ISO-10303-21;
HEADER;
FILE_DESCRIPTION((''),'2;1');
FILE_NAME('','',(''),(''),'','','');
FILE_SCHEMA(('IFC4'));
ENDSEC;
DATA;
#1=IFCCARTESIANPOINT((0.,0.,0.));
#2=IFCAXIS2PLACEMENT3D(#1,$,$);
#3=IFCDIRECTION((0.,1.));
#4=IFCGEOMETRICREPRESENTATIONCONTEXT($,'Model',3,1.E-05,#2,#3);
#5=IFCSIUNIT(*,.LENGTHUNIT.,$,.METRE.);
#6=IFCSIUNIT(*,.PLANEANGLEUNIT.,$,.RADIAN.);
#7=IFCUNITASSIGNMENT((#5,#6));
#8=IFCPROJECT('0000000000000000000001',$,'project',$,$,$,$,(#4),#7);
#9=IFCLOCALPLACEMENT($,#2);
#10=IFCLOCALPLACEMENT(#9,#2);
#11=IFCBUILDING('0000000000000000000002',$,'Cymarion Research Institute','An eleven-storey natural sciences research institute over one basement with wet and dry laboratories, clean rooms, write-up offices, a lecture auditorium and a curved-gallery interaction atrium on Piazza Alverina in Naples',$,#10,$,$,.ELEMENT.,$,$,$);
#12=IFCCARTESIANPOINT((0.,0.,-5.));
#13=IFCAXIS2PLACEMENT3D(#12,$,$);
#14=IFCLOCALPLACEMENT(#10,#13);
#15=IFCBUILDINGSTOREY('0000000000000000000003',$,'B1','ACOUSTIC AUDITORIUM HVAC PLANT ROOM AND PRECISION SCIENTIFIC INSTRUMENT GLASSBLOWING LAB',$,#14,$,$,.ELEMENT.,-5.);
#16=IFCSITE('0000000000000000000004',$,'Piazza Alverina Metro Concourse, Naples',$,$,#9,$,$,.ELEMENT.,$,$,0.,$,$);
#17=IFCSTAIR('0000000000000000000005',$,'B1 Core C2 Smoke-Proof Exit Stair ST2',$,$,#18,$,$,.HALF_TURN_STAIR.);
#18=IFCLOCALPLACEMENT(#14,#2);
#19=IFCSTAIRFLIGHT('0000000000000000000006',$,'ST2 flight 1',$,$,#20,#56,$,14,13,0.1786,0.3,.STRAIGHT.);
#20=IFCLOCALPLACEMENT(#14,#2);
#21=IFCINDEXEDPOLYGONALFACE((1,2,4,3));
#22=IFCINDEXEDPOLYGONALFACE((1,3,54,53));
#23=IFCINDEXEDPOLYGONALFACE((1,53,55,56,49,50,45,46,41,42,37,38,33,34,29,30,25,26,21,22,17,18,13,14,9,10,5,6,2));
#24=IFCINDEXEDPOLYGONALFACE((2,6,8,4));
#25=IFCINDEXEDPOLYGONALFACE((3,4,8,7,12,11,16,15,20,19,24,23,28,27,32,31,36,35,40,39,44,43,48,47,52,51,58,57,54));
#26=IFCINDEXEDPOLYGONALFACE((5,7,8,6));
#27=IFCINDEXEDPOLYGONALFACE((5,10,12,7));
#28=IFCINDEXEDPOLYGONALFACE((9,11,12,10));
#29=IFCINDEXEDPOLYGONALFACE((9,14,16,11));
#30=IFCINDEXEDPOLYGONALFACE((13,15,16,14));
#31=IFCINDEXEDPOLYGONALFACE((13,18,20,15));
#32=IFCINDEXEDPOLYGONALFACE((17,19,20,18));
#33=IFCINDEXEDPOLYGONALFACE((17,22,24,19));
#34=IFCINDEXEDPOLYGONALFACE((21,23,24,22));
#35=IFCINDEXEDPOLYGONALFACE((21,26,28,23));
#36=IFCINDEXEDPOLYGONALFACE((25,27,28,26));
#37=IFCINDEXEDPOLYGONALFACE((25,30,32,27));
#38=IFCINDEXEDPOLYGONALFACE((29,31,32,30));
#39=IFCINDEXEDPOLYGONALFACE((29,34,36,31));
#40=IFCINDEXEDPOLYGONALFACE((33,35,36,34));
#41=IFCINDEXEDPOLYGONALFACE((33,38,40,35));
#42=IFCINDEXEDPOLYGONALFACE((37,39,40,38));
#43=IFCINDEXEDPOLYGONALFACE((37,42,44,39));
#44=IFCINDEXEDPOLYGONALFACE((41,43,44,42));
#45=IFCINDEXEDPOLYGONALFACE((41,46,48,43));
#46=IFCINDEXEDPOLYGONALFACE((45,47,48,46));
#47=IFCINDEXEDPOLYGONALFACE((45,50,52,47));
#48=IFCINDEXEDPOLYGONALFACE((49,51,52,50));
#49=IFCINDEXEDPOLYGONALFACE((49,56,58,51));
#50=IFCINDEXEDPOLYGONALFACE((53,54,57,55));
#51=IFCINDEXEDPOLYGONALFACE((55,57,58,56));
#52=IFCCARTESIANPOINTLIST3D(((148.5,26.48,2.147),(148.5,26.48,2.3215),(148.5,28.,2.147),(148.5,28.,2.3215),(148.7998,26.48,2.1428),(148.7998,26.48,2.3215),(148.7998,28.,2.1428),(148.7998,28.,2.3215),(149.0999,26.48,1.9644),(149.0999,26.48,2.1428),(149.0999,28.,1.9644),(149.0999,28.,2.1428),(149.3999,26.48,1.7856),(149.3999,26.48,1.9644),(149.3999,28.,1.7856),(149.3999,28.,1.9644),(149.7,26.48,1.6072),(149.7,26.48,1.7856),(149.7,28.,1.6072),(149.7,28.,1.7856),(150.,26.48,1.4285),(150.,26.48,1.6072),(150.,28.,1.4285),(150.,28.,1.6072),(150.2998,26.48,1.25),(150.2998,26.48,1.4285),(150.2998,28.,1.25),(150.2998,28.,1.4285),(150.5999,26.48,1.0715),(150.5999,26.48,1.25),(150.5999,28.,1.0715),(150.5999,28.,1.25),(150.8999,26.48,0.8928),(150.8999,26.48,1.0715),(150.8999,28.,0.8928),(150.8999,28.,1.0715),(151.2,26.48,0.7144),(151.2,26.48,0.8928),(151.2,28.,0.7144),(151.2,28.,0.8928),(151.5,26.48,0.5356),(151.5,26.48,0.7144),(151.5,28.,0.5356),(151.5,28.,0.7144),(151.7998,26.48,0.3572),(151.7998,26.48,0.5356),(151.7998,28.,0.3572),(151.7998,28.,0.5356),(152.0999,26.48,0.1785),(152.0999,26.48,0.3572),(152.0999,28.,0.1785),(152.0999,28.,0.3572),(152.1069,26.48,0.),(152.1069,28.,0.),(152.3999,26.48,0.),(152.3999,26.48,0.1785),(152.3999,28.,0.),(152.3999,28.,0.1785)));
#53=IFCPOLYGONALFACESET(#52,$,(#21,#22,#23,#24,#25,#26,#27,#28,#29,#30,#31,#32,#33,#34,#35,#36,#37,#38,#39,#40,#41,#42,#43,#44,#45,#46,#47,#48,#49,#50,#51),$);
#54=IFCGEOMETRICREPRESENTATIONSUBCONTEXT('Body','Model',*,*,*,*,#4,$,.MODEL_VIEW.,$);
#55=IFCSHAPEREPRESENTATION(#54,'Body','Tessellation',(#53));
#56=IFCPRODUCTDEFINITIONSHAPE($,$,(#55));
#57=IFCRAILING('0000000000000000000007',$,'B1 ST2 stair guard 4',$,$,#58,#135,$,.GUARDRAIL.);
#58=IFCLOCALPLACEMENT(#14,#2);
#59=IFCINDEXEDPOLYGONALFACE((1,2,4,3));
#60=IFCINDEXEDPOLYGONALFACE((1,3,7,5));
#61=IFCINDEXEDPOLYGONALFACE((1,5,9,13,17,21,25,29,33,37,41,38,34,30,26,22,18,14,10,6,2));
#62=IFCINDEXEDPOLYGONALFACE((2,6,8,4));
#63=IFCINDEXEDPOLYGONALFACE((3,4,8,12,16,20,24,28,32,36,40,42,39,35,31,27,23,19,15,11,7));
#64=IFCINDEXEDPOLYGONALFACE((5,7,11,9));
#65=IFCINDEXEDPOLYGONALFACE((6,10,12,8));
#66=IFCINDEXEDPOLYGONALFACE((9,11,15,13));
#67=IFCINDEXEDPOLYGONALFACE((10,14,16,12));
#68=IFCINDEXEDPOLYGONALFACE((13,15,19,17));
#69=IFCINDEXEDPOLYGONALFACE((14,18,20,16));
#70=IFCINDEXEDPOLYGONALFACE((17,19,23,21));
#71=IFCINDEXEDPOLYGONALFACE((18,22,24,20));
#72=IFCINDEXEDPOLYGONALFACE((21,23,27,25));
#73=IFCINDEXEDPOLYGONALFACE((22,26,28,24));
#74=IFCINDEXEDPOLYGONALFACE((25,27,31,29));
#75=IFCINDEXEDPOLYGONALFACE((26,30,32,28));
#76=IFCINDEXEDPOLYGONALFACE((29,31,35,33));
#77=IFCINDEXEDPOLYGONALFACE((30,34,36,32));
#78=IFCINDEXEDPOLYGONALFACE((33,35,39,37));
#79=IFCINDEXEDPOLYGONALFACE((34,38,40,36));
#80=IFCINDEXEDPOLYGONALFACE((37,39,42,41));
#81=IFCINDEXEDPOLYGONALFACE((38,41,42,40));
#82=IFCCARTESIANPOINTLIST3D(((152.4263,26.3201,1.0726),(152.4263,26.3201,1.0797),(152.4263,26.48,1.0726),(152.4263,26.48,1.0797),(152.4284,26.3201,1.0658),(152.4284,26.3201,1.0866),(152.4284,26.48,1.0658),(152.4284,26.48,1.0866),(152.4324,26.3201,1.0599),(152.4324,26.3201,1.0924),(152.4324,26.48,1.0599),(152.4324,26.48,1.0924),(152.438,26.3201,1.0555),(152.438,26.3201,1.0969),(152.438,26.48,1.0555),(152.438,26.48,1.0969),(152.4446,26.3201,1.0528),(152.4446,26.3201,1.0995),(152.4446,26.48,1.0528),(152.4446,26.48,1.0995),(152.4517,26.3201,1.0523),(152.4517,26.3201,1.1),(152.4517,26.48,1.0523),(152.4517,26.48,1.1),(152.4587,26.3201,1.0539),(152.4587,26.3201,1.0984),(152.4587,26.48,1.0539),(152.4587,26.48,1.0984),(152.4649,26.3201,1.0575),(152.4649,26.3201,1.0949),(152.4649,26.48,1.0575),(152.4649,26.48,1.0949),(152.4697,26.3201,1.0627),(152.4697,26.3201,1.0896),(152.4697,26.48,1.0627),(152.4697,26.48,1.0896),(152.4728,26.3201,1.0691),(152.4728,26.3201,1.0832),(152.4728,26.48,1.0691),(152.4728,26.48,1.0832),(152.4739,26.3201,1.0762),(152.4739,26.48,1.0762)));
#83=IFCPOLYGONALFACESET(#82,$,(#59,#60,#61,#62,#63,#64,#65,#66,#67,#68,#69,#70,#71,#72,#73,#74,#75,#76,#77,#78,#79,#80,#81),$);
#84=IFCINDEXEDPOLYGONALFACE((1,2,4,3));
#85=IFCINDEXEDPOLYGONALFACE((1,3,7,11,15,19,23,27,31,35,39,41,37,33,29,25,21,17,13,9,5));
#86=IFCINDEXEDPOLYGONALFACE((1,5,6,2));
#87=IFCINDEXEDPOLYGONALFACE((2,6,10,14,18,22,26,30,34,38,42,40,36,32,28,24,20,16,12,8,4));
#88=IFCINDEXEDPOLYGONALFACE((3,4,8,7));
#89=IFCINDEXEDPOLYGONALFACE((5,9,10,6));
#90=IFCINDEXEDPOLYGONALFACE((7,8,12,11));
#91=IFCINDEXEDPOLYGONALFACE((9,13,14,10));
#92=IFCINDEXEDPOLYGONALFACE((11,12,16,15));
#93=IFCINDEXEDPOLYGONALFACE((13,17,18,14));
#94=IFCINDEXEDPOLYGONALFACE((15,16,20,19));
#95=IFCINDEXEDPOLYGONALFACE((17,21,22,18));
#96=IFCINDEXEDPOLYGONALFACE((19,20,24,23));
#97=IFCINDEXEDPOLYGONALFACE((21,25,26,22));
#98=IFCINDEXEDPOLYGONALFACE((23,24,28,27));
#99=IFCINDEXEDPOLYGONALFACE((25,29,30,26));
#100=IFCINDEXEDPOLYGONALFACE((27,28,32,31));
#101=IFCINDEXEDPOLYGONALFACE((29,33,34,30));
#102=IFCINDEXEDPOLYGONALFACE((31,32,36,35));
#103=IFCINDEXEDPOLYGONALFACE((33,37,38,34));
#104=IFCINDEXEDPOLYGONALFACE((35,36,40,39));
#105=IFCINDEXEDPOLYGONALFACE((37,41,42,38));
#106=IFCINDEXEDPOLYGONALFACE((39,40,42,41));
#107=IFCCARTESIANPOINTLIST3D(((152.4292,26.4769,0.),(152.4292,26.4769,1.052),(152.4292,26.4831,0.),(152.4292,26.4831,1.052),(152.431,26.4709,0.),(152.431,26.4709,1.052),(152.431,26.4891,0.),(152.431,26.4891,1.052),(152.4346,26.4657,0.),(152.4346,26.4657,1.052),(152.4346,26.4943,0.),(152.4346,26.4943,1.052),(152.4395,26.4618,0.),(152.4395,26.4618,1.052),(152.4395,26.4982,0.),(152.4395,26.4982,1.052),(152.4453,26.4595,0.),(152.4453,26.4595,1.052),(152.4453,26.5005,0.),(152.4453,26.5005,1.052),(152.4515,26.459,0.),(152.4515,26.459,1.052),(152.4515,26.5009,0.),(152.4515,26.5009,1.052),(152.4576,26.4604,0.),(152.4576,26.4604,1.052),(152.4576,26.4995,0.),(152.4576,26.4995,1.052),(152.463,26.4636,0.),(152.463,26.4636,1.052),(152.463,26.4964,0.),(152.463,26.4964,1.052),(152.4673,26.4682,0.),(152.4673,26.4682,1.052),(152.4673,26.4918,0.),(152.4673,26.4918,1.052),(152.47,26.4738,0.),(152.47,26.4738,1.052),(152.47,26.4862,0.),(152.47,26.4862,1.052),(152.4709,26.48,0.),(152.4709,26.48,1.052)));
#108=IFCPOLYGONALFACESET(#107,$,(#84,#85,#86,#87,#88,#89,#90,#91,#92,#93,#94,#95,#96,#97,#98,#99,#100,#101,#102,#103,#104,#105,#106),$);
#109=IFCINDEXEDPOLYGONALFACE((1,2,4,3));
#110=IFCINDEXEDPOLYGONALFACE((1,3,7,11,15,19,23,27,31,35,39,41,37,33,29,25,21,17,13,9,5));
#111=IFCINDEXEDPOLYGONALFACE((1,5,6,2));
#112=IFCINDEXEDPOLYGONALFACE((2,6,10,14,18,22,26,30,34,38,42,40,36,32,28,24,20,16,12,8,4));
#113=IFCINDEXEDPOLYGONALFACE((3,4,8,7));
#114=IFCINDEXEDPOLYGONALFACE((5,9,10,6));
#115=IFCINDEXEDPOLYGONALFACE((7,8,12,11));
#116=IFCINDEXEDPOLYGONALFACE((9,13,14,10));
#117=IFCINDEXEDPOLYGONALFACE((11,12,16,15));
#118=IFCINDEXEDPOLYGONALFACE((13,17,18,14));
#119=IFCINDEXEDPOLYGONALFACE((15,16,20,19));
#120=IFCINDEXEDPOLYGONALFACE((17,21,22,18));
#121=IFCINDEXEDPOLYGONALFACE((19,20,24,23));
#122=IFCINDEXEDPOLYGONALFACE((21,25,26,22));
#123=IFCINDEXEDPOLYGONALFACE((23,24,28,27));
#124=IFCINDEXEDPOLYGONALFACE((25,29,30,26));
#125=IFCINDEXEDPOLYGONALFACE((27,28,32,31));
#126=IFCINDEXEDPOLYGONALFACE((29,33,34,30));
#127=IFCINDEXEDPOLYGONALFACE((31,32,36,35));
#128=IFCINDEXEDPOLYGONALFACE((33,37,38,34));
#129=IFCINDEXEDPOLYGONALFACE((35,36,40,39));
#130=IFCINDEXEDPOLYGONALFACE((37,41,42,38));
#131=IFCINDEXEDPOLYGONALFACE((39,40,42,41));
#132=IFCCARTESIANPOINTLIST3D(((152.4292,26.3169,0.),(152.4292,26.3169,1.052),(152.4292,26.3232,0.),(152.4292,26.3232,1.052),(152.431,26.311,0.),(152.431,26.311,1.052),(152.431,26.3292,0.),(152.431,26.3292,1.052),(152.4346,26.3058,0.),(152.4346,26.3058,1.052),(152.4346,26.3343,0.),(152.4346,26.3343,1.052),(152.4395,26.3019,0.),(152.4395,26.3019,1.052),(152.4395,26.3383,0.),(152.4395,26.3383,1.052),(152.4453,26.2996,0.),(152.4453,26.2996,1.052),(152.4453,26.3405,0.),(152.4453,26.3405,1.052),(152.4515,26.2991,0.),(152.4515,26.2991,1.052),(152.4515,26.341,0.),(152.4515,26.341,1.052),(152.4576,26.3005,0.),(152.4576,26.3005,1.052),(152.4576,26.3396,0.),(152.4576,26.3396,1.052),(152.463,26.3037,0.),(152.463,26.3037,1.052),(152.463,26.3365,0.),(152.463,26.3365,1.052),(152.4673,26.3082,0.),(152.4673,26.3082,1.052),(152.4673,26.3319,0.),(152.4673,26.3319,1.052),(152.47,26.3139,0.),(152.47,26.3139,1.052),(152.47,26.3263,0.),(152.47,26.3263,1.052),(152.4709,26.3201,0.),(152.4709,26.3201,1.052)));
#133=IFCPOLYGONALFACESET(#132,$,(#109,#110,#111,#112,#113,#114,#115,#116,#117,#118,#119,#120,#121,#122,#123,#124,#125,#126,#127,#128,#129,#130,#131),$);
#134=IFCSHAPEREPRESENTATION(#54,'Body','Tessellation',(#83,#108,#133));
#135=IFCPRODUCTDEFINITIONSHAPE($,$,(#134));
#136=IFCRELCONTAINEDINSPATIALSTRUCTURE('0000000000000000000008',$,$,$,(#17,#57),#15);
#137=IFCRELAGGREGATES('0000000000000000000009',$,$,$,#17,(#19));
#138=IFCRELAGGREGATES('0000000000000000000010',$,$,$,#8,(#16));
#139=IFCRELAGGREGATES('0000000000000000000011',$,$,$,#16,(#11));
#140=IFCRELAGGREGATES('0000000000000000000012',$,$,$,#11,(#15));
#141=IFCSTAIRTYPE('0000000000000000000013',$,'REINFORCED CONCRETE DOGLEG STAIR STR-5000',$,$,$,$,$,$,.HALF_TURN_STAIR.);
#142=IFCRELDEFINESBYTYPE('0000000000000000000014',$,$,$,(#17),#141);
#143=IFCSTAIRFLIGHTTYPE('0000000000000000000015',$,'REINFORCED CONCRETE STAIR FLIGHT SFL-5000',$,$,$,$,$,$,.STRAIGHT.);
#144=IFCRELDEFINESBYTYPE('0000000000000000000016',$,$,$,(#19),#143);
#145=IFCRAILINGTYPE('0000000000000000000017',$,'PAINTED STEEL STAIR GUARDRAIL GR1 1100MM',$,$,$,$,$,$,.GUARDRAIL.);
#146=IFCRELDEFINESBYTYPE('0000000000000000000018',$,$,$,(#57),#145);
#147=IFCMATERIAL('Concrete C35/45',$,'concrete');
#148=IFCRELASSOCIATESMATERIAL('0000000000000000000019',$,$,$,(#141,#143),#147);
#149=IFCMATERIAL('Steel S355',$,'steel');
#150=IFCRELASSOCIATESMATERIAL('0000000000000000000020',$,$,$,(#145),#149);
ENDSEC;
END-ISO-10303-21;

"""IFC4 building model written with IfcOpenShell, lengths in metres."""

from ifc_helpers import new_model, si_unit, direction, frame, origin, origin_2d, place, context, subcontext, project, spatial, polyline, circle, outline, extrude, material, type_object, element, aggregate, save


model = new_model("IFC4")

# Units and contexts
model_context = context("Model", 3, precision=1e-05, world=origin(), true_north=direction((0.0, 1.0)))
body_context = subcontext(model_context, "Body", "Model", "MODEL_VIEW")
ifc_project = project(units=[si_unit("LENGTHUNIT", "METRE"), si_unit("PLANEANGLEUNIT", "RADIAN")], contexts=[model_context])

# Site, building, storey
site_placement = place(None, origin())
site = spatial("IfcSite", under=ifc_project, at=site_placement, Name="Piazza Alverina Metro Concourse, Naples", CompositionType="ELEMENT", RefElevation=0.0)
building_placement = place(site_placement, origin())
building = spatial("IfcBuilding", under=site, at=building_placement, Name="Cymarion Research Institute", Description="An eleven-storey natural sciences research institute over one basement with wet and dry laboratories, clean rooms, write-up offices, a lecture auditorium and a curved-gallery interaction atrium on Piazza Alverina in Naples", CompositionType="ELEMENT")
storey_placement = place(building_placement, frame((0.0, 0.0, -5.0)))
storey = spatial("IfcBuildingStorey", under=building, at=storey_placement, Name="B1", Description="ACOUSTIC AUDITORIUM HVAC PLANT ROOM AND PRECISION SCIENTIFIC INSTRUMENT GLASSBLOWING LAB", CompositionType="ELEMENT", Elevation=-5.0)

# Shared definitions
ifc_material_1 = material(Name="Concrete C35/45", Category="concrete")

# Shared definitions
ifc_material_2 = material(Name="Steel S355", Category="steel")

# Stair, stair flight
stair_type = type_object("IfcStairType", Name="REINFORCED CONCRETE DOGLEG STAIR STR-5000", PredefinedType="HALF_TURN_STAIR", material=ifc_material_1)
stair_placement = place(storey_placement, origin())
stair = element("IfcStair", 1, at=stair_placement, inside=storey, type_object=stair_type, Name="B1 Core C2 Smoke-Proof Exit Stair ST2", PredefinedType="HALF_TURN_STAIR")
stair_flight_type = type_object("IfcStairFlightType", Name="REINFORCED CONCRETE STAIR FLIGHT SFL-5000", PredefinedType="STRAIGHT", material=ifc_material_1)
stair_flight_placement = place(storey_placement, frame((152.3999, 27.24, 0.0), z_axis=(0.0, 0.0, 1.0), x_axis=(-1.0, 0.0, 0.0)))
stair_flight = element("IfcStairFlight", 2, at=stair_flight_placement, type_object=stair_flight_type, Name="ST2 flight 1", NumberOfRisers=14, NumberOfTreads=13, PredefinedType="STRAIGHT", RiserHeight=0.1786, TreadLength=0.3, context=body_context, shape_type="SweptSolid", body=[
    extrude(outline(polyline([(0.0, 0.0), (0.0, 0.1785), (0.3, 0.1785), (0.3, 0.3572), (0.6001, 0.3572), (0.6001, 0.5356), (0.8999, 0.5356), (0.8999, 0.7144), (1.2, 0.7144), (1.2, 0.8928), (1.5, 0.8928), (1.5, 1.0715), (1.8, 1.0715), (1.8, 1.25), (2.1001, 1.25), (2.1001, 1.4285), (2.3999, 1.4285), (2.3999, 1.6072), (2.7, 1.6072), (2.7, 1.7856), (3.0, 1.7856), (3.0, 1.9644), (3.3, 1.9644), (3.3, 2.1428), (3.6001, 2.1428), (3.6001, 2.3215), (3.8999, 2.3215), (3.8999, 2.5), (3.8999, 2.147), (0.293, 0.0), (0.0, 0.0)])), frame((0.0, 0.76, 0.0), z_axis=(0.0, -1.0, 0.0), x_axis=(1.0, 0.0, 0.0)), (0.0, 0.0, 1.0), 1.52),
])
aggregate(stair, [stair_flight])

# Railing
railing_type_1 = type_object("IfcRailingType", Name="PAINTED STEEL STAIR GUARDRAIL GR1 1100MM", PredefinedType="GUARDRAIL", material=ifc_material_2)
railing_1_placement = place(storey_placement, frame((152.45, 26.48, 0.0)))
element("IfcRailing", 3, at=railing_1_placement, inside=storey, type_object=railing_type_1, Name="B1 ST2 stair guard 4", PredefinedType="GUARDRAIL", context=body_context, shape_type="SweptSolid", body=[
    extrude(circle(Radius=0.0239, at=origin_2d()), frame((0.0, 0.0, 1.0762), z_axis=(0.0, -1.0, 0.0), x_axis=(1.0, 0.0, 0.0)), (0.0, 0.0, 1.0), 0.1599),
    extrude(circle(Radius=0.021, at=origin_2d()), origin(), (0.0, 0.0, 1.0), 1.052),
    extrude(circle(Radius=0.021, at=origin_2d()), frame((0.0, -0.1599, 0.0)), (0.0, 0.0, 1.0), 1.052),
])

save(model, "model.ifc")
